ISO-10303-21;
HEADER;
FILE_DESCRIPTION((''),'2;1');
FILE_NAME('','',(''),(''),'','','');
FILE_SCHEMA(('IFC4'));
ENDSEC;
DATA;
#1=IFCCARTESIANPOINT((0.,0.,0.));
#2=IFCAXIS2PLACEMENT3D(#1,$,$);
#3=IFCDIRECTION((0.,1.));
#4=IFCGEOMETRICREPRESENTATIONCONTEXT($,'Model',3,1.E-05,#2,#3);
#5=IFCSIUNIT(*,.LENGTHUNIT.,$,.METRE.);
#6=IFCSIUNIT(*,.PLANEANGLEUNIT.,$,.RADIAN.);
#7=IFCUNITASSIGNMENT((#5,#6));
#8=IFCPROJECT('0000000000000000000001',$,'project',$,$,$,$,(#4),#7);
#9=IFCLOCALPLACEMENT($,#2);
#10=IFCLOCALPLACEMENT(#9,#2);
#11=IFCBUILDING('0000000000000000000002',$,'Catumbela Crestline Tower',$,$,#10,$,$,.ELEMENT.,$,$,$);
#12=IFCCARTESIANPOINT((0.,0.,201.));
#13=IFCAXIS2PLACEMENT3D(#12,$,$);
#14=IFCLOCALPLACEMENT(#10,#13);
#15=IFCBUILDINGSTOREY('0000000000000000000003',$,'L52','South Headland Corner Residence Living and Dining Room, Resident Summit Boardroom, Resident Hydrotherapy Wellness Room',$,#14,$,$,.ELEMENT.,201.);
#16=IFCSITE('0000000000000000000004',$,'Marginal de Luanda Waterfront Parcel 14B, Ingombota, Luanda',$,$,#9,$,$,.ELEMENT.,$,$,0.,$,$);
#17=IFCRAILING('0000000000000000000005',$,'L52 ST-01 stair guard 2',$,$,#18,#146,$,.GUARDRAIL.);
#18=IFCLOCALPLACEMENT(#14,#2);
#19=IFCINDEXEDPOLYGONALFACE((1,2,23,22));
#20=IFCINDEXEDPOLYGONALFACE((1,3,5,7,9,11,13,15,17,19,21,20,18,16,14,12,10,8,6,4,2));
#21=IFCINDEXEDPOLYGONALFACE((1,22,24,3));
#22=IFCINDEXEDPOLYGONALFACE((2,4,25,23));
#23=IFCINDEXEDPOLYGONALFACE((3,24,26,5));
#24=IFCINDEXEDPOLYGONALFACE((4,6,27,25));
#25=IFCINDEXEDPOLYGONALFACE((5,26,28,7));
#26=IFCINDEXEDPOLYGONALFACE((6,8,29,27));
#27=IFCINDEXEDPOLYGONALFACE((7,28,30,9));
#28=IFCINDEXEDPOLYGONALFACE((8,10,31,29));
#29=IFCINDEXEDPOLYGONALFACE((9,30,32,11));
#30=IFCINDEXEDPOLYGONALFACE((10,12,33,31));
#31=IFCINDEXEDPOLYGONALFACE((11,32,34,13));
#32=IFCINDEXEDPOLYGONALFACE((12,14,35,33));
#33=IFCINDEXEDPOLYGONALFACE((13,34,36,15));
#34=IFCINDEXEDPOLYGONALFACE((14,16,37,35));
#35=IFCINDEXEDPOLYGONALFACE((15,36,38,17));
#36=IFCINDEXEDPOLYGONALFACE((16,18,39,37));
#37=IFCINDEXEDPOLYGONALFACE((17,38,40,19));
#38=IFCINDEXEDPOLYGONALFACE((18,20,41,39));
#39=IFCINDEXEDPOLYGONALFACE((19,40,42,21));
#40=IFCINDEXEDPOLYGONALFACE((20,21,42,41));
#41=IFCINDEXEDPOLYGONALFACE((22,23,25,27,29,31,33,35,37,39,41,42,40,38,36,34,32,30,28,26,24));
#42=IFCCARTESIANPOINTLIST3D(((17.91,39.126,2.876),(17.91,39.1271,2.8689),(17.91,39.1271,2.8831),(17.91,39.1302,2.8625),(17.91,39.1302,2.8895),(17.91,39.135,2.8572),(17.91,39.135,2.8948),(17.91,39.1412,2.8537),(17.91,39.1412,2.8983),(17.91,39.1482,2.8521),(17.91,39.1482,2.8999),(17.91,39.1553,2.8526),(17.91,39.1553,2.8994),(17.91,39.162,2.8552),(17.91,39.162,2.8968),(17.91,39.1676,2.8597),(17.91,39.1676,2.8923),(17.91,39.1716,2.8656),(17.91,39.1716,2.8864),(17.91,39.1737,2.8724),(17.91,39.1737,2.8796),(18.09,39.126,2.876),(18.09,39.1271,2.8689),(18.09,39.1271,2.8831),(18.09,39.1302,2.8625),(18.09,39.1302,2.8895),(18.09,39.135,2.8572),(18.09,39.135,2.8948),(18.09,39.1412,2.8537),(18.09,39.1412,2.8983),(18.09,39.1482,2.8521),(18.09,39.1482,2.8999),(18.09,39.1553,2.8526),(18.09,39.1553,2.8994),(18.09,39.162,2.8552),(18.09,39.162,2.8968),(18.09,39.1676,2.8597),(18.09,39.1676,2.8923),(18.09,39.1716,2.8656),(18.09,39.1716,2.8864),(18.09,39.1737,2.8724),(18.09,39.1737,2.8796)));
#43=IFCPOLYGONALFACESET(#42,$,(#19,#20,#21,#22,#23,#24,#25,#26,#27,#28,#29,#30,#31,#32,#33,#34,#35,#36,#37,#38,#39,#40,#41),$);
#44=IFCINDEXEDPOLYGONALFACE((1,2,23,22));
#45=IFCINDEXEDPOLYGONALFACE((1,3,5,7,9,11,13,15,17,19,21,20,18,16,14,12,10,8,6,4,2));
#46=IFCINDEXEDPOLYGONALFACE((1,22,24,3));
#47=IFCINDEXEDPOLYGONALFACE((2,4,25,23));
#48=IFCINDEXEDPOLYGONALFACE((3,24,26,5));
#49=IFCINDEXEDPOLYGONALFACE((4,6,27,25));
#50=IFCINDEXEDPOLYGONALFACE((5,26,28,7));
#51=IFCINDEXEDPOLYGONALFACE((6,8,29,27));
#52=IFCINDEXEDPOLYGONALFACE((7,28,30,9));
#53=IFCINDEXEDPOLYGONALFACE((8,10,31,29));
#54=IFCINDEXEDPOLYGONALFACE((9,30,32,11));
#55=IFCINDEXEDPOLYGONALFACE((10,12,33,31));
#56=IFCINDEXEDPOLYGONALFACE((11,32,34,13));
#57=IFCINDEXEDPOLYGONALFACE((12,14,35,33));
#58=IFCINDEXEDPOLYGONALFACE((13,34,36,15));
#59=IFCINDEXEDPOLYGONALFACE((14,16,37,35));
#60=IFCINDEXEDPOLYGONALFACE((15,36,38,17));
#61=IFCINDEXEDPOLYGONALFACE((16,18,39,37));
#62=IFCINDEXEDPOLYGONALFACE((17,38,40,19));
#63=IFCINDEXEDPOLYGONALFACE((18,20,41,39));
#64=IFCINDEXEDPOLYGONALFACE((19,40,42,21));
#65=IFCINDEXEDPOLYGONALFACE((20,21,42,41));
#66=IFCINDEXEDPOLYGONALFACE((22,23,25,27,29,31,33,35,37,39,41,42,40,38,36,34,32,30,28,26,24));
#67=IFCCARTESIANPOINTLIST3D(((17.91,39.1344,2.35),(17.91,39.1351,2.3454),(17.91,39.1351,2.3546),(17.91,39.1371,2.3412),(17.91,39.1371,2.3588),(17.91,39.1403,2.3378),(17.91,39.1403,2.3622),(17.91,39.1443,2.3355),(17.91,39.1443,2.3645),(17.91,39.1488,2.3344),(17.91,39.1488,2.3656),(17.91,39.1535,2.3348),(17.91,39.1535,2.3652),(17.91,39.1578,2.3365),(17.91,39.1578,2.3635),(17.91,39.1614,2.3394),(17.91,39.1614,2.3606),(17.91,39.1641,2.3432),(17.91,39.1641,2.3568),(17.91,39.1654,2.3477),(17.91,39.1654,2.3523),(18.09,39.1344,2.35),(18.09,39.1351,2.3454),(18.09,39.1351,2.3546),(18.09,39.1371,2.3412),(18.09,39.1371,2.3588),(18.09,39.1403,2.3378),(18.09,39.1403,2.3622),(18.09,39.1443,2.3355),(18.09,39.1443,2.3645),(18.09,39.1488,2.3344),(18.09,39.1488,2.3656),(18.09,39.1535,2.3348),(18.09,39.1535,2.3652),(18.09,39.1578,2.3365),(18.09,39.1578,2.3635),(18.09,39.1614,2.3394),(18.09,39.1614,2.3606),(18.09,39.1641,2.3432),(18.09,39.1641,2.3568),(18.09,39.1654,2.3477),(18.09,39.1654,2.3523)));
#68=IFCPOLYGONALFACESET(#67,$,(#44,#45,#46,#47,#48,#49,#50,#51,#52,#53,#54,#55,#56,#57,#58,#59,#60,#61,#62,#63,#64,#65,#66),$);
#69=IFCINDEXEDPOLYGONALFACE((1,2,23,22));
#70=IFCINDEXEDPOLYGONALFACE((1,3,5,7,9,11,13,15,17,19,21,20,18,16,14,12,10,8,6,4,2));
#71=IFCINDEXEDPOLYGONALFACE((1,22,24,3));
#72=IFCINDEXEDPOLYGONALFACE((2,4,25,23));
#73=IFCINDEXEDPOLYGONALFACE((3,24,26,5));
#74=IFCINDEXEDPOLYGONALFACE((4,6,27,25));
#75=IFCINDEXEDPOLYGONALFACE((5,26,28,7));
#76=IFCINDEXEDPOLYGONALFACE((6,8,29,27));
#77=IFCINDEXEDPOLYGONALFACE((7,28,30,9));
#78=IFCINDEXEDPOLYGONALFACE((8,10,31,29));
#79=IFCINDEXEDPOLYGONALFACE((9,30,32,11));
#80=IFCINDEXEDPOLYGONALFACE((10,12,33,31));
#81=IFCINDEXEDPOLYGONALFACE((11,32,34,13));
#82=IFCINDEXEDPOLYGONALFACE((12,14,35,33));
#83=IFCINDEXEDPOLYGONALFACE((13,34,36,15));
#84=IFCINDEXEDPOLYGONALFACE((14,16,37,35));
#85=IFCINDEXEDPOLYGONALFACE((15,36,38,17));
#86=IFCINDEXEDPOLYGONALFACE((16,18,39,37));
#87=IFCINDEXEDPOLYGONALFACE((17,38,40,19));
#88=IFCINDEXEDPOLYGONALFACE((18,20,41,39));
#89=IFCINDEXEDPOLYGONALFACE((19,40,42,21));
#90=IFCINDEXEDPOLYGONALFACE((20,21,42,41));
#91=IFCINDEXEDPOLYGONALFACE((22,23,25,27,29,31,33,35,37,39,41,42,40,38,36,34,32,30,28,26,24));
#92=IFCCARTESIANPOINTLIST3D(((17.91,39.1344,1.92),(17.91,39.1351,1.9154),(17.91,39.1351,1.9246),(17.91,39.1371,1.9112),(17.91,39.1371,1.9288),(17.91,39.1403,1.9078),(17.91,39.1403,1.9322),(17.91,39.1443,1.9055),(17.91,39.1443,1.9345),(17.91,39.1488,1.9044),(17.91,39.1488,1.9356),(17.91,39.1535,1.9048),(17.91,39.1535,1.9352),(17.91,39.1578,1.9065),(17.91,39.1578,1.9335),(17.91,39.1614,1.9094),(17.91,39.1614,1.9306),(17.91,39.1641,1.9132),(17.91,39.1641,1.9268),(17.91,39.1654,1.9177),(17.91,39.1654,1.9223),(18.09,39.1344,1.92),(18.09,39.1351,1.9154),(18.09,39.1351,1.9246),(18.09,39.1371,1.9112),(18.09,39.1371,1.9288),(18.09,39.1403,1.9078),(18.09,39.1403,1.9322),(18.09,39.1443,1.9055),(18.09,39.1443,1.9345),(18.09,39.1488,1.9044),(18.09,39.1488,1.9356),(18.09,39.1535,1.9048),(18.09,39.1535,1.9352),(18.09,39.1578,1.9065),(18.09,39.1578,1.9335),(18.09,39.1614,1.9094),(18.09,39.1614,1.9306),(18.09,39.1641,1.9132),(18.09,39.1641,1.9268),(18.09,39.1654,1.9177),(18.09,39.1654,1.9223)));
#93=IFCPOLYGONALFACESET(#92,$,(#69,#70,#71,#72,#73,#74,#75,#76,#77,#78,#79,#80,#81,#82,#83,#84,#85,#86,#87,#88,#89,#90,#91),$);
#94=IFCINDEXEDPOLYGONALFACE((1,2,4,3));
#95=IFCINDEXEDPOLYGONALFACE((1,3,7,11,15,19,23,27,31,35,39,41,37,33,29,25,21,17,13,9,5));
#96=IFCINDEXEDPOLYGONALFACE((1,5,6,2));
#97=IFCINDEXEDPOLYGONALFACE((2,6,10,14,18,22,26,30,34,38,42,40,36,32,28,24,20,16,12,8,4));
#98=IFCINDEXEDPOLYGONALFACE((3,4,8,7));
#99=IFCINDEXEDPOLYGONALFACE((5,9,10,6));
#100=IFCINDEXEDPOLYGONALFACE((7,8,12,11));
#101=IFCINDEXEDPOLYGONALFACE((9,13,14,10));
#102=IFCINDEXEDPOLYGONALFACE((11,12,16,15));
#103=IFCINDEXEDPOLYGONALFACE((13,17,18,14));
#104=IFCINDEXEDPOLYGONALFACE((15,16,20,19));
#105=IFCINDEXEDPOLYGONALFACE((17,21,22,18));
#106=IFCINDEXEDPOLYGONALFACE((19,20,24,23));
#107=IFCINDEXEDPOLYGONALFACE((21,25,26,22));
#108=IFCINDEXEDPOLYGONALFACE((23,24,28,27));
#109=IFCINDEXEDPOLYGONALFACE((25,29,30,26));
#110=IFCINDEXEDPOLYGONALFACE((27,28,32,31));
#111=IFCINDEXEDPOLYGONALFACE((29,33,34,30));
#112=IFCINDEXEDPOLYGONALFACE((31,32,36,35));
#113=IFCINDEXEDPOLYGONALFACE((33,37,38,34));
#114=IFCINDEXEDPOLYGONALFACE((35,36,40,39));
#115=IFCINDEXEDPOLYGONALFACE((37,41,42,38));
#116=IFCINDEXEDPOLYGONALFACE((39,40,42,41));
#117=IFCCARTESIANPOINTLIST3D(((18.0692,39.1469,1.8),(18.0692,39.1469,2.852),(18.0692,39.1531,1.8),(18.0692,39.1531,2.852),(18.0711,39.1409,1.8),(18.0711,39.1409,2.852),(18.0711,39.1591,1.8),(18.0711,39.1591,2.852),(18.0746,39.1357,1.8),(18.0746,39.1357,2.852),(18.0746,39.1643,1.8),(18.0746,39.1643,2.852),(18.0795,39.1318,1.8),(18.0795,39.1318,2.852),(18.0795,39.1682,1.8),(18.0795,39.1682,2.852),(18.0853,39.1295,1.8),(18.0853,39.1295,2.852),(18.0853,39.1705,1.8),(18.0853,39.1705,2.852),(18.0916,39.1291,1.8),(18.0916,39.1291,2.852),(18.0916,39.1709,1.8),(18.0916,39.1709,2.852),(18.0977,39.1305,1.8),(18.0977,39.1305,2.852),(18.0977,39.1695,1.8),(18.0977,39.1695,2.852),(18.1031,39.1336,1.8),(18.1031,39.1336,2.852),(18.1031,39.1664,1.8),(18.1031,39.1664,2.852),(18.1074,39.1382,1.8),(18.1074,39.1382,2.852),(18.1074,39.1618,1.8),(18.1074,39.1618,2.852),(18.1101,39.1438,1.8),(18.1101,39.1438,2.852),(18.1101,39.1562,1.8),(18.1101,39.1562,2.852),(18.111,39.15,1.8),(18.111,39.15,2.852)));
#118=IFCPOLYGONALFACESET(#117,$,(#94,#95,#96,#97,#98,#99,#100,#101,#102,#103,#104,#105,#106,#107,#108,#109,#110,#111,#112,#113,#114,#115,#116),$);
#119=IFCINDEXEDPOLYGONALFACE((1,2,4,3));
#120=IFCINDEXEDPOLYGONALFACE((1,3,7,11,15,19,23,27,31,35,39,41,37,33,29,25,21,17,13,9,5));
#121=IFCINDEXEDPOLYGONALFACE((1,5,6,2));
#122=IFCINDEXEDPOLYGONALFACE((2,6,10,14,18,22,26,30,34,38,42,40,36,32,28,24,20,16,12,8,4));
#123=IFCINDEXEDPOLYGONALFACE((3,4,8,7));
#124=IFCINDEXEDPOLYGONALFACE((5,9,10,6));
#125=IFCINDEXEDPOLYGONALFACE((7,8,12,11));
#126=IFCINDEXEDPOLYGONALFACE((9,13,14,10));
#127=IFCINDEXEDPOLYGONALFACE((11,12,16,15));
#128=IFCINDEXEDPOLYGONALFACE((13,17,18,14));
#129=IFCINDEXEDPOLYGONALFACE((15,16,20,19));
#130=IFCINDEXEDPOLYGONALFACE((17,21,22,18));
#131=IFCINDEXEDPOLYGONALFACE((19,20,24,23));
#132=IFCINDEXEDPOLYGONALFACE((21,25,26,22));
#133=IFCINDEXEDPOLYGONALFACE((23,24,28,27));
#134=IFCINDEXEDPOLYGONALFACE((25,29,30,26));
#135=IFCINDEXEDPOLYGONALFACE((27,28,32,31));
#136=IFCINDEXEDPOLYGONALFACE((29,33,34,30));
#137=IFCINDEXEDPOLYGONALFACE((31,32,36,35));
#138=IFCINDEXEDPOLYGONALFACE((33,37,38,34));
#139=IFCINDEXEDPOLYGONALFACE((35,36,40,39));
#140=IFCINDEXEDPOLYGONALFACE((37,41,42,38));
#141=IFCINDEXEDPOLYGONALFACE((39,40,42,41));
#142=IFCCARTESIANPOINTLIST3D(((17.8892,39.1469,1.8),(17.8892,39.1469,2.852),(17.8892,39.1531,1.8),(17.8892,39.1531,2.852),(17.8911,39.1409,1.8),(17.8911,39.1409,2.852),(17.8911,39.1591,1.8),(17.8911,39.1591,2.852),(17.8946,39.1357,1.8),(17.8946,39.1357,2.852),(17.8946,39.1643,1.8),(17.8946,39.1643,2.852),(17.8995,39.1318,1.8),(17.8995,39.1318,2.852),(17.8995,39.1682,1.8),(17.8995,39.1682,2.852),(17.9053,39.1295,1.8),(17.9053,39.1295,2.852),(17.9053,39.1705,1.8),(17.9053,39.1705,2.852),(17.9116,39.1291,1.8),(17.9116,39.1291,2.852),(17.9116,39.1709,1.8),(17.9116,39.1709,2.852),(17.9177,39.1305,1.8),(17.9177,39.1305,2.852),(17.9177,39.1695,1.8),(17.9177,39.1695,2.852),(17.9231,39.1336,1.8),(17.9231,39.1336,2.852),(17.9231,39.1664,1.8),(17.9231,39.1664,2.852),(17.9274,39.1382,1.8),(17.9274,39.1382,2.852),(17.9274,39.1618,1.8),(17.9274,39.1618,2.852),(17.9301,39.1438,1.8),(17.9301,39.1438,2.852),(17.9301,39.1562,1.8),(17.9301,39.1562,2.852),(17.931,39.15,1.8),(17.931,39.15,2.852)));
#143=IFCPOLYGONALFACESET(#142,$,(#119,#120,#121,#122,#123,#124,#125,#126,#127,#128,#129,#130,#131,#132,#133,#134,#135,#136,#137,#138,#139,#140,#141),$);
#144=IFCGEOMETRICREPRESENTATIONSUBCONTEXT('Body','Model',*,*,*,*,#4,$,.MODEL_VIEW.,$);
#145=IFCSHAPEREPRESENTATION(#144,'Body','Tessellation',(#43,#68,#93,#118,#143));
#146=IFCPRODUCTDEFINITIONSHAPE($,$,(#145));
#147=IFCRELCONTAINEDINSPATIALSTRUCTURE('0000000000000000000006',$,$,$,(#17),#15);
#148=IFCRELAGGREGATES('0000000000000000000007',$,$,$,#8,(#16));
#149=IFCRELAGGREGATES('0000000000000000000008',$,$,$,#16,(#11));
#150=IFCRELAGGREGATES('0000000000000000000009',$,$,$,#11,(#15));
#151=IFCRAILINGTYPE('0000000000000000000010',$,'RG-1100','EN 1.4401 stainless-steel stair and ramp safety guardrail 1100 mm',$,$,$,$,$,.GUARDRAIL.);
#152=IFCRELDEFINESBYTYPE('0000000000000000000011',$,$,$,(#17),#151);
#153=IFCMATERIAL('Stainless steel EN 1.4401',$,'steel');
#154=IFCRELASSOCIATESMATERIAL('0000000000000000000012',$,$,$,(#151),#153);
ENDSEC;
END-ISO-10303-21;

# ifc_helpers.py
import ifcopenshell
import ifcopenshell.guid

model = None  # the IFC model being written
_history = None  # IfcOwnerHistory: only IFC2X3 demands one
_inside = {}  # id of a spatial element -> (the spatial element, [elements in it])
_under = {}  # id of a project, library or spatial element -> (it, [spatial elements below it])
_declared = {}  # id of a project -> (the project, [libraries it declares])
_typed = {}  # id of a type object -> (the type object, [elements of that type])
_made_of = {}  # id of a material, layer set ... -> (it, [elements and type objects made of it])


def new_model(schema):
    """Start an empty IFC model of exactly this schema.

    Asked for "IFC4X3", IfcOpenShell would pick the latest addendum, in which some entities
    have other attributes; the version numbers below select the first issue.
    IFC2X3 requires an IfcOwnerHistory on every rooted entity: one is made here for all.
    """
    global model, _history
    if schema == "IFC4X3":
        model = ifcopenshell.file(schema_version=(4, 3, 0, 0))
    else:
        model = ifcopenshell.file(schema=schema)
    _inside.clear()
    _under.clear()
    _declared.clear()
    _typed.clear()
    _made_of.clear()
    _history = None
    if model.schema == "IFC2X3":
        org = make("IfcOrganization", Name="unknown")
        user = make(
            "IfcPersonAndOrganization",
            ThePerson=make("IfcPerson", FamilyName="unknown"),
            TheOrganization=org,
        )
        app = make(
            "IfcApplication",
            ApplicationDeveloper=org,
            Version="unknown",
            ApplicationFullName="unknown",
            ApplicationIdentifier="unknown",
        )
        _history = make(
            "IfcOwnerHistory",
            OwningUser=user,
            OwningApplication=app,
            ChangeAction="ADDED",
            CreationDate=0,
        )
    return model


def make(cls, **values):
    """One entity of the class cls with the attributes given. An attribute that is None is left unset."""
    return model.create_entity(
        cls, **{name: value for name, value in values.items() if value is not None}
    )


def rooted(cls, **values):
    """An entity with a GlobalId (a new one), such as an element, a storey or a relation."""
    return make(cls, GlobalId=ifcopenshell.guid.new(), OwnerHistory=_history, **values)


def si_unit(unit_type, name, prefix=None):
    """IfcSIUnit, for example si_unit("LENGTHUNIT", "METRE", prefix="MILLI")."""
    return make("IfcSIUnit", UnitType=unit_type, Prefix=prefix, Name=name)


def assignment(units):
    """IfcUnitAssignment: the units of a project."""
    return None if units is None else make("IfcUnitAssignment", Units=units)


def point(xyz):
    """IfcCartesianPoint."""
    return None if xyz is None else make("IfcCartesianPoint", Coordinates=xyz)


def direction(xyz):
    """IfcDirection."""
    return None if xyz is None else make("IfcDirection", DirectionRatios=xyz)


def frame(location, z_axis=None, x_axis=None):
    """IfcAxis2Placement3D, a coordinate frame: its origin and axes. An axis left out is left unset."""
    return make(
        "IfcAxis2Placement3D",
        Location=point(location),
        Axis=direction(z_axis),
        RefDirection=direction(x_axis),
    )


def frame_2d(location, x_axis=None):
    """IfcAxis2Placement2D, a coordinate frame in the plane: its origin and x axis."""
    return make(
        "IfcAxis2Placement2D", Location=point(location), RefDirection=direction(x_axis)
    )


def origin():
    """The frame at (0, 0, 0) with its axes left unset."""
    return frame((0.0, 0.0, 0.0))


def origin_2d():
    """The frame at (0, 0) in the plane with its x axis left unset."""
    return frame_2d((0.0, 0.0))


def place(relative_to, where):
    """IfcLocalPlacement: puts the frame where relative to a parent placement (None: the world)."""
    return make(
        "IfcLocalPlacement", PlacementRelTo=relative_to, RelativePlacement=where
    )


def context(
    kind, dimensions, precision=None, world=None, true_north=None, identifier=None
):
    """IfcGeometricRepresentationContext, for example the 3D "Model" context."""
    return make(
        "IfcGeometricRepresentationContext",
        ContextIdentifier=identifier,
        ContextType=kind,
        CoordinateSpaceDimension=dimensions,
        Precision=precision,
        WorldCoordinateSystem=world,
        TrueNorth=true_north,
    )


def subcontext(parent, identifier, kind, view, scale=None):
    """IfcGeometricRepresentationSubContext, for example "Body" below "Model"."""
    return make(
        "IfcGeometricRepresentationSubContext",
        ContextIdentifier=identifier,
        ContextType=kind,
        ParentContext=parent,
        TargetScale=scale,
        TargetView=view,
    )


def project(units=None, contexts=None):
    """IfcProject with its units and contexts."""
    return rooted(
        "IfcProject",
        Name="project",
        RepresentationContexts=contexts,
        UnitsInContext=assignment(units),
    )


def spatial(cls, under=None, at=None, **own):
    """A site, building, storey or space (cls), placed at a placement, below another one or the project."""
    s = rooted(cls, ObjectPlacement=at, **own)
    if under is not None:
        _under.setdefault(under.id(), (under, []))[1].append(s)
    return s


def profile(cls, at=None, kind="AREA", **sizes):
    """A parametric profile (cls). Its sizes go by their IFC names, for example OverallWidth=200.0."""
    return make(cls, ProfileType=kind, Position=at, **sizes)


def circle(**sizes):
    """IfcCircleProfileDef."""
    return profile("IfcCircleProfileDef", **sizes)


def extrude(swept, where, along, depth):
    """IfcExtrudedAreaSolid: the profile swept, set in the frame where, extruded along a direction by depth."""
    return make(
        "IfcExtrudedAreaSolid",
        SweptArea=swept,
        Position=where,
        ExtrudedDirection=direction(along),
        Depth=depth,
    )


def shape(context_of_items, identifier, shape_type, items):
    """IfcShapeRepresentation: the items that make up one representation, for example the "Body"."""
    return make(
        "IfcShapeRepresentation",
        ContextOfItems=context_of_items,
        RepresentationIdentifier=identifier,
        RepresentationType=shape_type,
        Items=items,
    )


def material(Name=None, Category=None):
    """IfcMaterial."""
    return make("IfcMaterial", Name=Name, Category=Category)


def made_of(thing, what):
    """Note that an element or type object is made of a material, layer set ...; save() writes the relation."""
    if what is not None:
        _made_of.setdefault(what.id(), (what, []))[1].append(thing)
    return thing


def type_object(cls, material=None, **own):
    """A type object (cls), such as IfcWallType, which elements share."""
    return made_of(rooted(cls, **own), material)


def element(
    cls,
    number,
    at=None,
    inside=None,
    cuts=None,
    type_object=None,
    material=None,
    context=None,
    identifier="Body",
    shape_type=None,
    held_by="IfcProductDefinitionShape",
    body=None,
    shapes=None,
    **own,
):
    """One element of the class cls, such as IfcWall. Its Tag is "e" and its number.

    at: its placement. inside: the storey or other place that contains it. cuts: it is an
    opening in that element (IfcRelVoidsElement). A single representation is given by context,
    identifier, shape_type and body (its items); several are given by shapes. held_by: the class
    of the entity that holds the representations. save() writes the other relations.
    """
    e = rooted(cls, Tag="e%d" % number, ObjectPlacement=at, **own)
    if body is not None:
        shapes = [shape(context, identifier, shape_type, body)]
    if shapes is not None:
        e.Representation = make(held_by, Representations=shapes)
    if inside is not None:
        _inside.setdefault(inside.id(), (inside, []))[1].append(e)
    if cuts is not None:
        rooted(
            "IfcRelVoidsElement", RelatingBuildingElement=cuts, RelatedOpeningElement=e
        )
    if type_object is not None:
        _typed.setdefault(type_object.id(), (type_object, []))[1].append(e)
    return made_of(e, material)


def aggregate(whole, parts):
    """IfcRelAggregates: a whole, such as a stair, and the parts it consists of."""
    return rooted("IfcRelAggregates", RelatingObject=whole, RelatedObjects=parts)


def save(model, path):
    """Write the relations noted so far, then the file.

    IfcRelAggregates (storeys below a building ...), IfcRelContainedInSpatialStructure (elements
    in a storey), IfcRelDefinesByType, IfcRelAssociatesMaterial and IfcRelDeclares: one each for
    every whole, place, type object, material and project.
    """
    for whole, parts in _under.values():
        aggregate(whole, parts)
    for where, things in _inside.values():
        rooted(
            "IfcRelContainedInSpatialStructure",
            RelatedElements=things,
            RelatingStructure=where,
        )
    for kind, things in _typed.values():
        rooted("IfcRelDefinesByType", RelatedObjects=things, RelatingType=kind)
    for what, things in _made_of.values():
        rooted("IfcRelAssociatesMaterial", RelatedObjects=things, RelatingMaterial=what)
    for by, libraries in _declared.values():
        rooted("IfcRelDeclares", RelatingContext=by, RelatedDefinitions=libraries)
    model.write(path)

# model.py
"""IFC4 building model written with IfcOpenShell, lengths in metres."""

from ifc_helpers import new_model, si_unit, direction, frame, origin, origin_2d, place, context, subcontext, project, spatial, circle, extrude, material, type_object, element, save


model = new_model("IFC4")

# Units and contexts
model_context = context("Model", 3, precision=1e-05, world=origin(), true_north=direction((0.0, 1.0)))
body_context = subcontext(model_context, "Body", "Model", "MODEL_VIEW")
ifc_project = project(units=[si_unit("LENGTHUNIT", "METRE"), si_unit("PLANEANGLEUNIT", "RADIAN")], contexts=[model_context])

# Site, building, storey
site_placement = place(None, origin())
site = spatial("IfcSite", under=ifc_project, at=site_placement, Name="Marginal de Luanda Waterfront Parcel 14B, Ingombota, Luanda", CompositionType="ELEMENT", RefElevation=0.0)
building_placement = place(site_placement, origin())
building = spatial("IfcBuilding", under=site, at=building_placement, Name="Catumbela Crestline Tower", CompositionType="ELEMENT")
storey_placement = place(building_placement, frame((0.0, 0.0, 201.0)))
storey = spatial("IfcBuildingStorey", under=building, at=storey_placement, Name="L52", Description="South Headland Corner Residence Living and Dining Room, Resident Summit Boardroom, Resident Hydrotherapy Wellness Room", CompositionType="ELEMENT", Elevation=201.0)

# Shared definitions
ifc_material_1 = material(Name="Stainless steel EN 1.4401", Category="steel")

# Railing
railing_type_1 = type_object("IfcRailingType", Name="RG-1100", Description="EN 1.4401 stainless-steel stair and ramp safety guardrail 1100 mm", PredefinedType="GUARDRAIL", material=ifc_material_1)
railing_1_placement = place(storey_placement, frame((18.09, 39.15, 1.8)))
element("IfcRailing", 1, at=railing_1_placement, inside=storey, type_object=railing_type_1, Name="L52 ST-01 stair guard 2", PredefinedType="GUARDRAIL", context=body_context, shape_type="SweptSolid", body=[
    extrude(circle(Radius=0.024, at=origin_2d()), frame((0.0, 0.0, 1.076), z_axis=(-1.0, 0.0, 0.0), x_axis=(0.0, -1.0, 0.0)), (0.0, 0.0, 1.0), 0.18),
    extrude(circle(Radius=0.0156, at=origin_2d()), frame((0.0, 0.0, 0.55), z_axis=(-1.0, 0.0, 0.0), x_axis=(0.0, -1.0, 0.0)), (0.0, 0.0, 1.0), 0.18),
    extrude(circle(Radius=0.0156, at=origin_2d()), frame((0.0, 0.0, 0.12), z_axis=(-1.0, 0.0, 0.0), x_axis=(0.0, -1.0, 0.0)), (0.0, 0.0, 1.0), 0.18),
    extrude(circle(Radius=0.021, at=origin_2d()), origin(), (0.0, 0.0, 1.0), 1.052),
    extrude(circle(Radius=0.021, at=origin_2d()), frame((-0.18, 0.0, 0.0)), (0.0, 0.0, 1.0), 1.052),
])

save(model, "model.ifc")
